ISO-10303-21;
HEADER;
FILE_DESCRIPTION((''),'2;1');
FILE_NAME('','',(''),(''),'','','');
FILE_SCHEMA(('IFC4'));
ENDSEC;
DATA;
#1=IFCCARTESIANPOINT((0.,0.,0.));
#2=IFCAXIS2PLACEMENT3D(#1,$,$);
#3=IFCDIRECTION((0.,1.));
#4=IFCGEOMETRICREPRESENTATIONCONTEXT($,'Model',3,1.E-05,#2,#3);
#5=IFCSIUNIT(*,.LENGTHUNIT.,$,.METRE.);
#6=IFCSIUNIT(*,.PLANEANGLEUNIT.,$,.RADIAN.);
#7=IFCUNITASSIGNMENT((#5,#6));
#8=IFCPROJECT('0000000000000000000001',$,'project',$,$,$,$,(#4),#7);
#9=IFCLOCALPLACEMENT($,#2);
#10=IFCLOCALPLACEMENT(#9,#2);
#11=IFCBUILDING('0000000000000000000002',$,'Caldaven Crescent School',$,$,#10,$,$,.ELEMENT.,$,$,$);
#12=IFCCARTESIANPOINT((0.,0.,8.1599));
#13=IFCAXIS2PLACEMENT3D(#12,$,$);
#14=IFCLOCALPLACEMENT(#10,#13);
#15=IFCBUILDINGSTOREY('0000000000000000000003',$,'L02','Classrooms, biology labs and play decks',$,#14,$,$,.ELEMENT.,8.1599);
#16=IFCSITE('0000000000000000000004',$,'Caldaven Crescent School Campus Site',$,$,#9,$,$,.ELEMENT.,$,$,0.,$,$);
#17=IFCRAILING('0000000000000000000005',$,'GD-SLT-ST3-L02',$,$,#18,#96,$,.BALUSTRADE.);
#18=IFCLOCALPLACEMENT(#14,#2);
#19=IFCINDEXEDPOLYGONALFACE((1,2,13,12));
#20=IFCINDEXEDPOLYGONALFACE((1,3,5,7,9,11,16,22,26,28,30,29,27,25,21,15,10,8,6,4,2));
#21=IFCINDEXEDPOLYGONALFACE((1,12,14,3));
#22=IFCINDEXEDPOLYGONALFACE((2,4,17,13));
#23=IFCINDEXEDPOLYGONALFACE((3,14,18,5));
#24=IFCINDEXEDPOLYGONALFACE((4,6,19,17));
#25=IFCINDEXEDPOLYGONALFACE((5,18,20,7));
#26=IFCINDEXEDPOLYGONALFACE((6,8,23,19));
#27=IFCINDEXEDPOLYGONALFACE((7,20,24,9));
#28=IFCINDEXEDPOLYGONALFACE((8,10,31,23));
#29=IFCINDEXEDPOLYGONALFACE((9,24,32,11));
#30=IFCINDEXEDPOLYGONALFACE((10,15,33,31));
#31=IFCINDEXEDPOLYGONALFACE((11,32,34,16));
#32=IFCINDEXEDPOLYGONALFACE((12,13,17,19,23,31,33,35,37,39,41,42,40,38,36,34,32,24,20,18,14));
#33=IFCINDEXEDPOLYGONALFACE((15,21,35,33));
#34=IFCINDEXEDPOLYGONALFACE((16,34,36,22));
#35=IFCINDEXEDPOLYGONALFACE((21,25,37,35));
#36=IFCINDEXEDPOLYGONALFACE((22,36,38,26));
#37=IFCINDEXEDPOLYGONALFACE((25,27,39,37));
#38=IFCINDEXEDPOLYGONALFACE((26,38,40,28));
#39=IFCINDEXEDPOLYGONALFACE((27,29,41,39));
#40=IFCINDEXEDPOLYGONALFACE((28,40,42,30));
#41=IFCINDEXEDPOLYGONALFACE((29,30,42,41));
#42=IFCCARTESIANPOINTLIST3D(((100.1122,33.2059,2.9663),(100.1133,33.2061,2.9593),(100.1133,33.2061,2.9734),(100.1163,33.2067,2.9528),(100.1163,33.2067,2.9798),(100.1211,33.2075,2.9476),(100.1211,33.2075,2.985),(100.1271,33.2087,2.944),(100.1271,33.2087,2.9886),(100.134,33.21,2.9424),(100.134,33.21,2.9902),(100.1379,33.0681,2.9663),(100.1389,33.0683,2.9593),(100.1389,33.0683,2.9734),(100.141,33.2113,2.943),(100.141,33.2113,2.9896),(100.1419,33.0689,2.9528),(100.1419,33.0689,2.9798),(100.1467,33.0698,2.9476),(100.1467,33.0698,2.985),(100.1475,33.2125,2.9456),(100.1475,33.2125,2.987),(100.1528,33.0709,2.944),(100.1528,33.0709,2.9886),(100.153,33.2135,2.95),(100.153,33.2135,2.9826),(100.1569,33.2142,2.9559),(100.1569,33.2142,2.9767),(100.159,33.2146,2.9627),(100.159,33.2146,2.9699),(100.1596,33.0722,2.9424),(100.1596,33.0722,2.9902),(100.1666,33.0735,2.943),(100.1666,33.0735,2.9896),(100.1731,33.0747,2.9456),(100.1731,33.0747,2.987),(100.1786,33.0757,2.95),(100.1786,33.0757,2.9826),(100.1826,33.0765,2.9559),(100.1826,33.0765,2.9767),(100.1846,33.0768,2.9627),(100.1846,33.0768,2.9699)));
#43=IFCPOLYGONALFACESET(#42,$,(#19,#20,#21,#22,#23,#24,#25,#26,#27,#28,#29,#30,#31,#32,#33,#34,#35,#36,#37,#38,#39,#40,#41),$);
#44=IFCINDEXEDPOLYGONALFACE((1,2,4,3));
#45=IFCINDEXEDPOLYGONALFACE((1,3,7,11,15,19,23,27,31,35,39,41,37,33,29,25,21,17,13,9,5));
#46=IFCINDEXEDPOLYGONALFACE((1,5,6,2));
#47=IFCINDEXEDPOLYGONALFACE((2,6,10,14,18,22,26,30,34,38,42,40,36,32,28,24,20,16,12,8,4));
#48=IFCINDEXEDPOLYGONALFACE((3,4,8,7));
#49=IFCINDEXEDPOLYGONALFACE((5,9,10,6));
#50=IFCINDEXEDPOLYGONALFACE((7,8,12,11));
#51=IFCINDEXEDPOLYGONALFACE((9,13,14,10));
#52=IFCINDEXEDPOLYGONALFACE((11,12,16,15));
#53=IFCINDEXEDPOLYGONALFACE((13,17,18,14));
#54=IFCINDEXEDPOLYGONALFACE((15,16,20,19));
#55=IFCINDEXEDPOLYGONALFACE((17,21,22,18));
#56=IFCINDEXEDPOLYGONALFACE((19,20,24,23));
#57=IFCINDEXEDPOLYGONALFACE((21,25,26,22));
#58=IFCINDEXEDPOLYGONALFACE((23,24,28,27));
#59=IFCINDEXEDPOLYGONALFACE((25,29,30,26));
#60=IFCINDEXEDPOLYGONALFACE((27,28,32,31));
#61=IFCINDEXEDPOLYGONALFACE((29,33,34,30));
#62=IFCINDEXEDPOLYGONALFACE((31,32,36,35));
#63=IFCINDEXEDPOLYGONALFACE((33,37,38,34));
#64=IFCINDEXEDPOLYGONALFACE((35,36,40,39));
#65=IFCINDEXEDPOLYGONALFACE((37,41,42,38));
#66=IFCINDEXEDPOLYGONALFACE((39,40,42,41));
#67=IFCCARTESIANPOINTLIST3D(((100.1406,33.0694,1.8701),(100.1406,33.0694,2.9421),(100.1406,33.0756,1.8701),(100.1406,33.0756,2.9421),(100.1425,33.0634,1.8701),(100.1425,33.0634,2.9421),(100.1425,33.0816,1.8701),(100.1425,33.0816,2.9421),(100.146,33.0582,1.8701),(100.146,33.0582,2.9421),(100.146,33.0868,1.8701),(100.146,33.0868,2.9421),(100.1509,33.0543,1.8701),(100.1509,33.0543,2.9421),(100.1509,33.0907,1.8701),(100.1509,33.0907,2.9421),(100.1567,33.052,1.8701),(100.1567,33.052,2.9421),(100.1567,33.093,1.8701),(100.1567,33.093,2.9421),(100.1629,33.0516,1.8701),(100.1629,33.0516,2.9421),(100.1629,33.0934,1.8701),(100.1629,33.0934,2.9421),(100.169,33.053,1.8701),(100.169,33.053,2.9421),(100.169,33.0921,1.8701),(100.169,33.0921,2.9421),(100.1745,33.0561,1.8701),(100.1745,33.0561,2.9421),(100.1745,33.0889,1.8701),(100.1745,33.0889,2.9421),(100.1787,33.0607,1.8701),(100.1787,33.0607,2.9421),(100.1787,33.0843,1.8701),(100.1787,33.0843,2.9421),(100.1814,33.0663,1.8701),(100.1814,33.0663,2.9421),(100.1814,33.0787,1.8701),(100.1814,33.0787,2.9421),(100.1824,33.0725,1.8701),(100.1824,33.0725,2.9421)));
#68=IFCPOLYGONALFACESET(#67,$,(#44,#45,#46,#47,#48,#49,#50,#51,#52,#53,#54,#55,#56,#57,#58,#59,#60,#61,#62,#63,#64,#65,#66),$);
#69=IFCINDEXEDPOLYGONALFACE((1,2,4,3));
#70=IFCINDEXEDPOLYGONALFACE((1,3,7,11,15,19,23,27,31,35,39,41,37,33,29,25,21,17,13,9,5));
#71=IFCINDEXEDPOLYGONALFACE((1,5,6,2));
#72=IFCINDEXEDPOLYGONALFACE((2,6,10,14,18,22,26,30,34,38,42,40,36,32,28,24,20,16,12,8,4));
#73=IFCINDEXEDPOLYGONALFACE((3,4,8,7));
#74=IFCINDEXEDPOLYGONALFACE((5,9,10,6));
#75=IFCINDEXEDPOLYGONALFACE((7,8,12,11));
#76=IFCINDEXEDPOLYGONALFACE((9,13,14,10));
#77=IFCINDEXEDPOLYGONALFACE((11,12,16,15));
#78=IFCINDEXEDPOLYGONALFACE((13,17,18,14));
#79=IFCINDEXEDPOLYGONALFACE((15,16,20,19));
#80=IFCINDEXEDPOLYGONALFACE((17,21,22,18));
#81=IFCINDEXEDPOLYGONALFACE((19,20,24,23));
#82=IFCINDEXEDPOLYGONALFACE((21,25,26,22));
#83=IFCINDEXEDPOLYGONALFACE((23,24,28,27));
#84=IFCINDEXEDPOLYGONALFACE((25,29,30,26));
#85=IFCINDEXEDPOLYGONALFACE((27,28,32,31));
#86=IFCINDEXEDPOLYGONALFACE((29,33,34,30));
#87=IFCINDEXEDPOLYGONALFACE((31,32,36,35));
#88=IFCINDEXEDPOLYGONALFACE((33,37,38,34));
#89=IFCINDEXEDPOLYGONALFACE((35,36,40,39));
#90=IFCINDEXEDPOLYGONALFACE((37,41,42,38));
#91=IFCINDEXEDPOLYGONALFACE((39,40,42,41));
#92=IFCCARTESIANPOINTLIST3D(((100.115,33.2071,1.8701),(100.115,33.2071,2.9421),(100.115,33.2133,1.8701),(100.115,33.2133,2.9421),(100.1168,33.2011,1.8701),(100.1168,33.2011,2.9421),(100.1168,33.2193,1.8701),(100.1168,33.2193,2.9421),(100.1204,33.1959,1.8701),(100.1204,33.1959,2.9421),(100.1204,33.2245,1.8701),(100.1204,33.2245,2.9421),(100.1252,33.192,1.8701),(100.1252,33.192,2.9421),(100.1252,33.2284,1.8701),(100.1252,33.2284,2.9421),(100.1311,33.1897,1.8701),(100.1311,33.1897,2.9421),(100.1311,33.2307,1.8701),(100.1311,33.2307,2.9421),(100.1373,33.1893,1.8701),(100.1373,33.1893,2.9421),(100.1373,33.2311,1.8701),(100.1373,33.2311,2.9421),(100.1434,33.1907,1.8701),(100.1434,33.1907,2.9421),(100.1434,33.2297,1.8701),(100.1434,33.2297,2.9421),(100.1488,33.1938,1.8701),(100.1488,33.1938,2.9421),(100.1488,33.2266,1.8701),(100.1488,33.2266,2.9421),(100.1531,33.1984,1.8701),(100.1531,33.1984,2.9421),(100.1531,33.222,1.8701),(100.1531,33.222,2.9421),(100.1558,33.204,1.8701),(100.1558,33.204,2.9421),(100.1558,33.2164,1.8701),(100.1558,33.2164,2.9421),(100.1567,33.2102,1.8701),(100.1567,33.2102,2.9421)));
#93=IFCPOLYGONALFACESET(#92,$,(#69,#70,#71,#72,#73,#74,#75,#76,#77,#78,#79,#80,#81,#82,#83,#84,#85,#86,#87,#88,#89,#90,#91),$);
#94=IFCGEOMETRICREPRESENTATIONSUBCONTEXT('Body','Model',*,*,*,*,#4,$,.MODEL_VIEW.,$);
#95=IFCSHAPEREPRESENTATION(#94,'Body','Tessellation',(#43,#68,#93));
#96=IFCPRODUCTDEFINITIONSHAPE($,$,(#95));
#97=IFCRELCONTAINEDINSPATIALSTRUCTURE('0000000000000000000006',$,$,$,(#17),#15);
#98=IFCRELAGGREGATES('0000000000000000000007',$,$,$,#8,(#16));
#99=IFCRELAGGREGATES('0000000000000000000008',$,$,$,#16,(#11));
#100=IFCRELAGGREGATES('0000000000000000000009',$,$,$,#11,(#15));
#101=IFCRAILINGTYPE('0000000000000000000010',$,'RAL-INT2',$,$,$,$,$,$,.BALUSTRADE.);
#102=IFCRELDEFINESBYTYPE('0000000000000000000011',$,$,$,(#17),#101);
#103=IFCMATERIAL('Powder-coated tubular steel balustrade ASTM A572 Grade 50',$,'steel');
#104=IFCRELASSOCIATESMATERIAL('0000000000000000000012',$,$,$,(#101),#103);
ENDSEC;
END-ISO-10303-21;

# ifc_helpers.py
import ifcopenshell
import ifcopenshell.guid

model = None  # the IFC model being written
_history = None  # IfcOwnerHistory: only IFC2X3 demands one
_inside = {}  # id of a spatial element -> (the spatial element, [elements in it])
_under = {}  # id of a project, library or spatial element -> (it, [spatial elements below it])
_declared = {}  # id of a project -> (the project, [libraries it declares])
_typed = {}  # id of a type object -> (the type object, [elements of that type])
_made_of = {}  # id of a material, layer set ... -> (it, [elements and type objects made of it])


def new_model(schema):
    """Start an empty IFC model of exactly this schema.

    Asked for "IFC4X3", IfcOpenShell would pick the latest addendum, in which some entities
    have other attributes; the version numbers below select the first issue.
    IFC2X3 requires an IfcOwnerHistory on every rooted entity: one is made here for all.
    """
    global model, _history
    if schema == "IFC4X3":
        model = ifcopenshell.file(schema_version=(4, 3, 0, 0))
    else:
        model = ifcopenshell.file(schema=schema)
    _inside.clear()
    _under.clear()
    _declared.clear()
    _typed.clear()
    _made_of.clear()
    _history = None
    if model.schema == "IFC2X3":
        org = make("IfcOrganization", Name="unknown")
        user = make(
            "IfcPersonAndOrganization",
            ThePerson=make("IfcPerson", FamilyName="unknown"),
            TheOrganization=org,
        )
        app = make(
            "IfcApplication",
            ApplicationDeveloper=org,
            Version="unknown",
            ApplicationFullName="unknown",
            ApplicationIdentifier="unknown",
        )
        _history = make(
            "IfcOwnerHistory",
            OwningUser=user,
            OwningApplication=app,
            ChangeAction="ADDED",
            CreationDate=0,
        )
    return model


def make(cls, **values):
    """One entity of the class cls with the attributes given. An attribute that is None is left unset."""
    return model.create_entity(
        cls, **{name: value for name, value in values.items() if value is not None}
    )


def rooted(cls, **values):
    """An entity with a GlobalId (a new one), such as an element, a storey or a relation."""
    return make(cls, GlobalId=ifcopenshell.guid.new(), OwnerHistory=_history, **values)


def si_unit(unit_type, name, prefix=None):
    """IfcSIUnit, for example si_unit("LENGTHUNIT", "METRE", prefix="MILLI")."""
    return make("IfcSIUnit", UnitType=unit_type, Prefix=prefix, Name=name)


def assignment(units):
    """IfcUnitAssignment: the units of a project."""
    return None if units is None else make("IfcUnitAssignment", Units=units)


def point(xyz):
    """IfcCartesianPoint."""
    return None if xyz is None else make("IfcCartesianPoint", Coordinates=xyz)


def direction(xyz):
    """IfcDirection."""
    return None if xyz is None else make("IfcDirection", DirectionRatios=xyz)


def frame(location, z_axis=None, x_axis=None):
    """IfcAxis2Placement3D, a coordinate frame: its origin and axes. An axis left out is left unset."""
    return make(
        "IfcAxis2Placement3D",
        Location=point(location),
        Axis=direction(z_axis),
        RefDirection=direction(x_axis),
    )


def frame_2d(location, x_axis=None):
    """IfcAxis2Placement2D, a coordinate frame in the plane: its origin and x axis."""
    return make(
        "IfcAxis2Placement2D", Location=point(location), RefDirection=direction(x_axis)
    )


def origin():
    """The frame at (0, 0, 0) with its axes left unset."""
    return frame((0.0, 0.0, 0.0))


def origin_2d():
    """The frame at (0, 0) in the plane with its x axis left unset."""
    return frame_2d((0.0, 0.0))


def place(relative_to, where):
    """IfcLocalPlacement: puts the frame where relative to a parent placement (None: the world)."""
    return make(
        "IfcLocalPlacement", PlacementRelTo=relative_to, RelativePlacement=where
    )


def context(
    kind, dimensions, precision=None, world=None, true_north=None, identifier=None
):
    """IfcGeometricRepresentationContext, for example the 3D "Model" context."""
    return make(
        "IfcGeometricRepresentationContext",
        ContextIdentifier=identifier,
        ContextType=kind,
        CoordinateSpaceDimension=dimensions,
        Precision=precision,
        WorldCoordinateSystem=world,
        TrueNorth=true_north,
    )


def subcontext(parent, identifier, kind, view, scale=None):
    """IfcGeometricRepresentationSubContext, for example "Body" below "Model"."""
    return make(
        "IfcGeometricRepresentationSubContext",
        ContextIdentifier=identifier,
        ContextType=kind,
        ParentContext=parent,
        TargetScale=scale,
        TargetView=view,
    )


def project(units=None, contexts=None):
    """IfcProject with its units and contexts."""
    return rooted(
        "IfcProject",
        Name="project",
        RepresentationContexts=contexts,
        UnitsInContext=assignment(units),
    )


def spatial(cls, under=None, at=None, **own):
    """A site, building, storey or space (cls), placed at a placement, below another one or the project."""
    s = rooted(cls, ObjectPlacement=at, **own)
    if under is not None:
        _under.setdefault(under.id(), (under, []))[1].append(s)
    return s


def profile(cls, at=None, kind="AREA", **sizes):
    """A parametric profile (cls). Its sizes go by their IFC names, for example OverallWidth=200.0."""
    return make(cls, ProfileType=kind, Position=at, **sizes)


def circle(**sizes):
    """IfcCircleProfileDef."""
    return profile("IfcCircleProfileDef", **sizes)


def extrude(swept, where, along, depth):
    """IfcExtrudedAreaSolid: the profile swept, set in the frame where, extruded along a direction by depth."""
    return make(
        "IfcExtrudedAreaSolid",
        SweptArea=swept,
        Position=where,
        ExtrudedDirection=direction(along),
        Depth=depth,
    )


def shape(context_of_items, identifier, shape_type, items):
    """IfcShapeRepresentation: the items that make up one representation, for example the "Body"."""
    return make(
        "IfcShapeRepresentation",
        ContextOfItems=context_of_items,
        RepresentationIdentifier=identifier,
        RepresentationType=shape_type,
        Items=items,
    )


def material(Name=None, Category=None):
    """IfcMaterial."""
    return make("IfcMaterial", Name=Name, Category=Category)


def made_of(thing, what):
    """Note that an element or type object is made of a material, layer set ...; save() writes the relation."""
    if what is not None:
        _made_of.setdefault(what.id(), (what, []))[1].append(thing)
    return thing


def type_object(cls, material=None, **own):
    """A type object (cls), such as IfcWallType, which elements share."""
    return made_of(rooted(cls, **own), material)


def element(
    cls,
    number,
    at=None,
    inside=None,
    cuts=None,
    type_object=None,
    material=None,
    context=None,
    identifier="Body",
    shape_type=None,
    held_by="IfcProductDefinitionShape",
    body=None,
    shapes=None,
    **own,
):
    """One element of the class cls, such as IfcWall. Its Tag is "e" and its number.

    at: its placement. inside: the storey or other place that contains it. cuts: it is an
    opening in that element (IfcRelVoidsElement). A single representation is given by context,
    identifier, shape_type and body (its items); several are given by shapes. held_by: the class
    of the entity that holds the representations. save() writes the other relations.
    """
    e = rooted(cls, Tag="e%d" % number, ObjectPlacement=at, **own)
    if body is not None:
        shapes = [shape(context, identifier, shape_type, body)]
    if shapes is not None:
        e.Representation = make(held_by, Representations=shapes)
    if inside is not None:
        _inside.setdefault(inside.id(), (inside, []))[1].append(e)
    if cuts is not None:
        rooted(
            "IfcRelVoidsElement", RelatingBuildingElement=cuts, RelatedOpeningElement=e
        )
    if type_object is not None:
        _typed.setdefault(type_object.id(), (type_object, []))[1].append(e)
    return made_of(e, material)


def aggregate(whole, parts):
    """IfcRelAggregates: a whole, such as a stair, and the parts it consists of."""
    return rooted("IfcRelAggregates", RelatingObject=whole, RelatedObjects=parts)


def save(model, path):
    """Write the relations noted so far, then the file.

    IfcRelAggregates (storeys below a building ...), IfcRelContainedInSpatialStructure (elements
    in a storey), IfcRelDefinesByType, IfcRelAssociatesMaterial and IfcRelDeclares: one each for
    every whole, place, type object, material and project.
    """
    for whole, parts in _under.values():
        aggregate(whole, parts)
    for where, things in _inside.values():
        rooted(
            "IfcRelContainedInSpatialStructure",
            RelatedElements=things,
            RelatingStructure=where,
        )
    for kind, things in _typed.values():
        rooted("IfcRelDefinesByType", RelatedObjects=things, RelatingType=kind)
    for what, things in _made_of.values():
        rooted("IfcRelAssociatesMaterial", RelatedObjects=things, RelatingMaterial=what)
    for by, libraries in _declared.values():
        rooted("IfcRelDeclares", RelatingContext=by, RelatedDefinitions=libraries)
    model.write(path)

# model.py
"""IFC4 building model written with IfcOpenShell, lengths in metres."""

from ifc_helpers import new_model, si_unit, direction, frame, origin, origin_2d, place, context, subcontext, project, spatial, circle, extrude, material, type_object, element, save


model = new_model("IFC4")

# Units and contexts
model_context = context("Model", 3, precision=1e-05, world=origin(), true_north=direction((0.0, 1.0)))
body_context = subcontext(model_context, "Body", "Model", "MODEL_VIEW")
ifc_project = project(units=[si_unit("LENGTHUNIT", "METRE"), si_unit("PLANEANGLEUNIT", "RADIAN")], contexts=[model_context])

# Site, building, storey
site_placement = place(None, origin())
site = spatial("IfcSite", under=ifc_project, at=site_placement, Name="Caldaven Crescent School Campus Site", CompositionType="ELEMENT", RefElevation=0.0)
building_placement = place(site_placement, origin())
building = spatial("IfcBuilding", under=site, at=building_placement, Name="Caldaven Crescent School", CompositionType="ELEMENT")
storey_placement = place(building_placement, frame((0.0, 0.0, 8.1599)))
storey = spatial("IfcBuildingStorey", under=building, at=storey_placement, Name="L02", Description="Classrooms, biology labs and play decks", CompositionType="ELEMENT", Elevation=8.1599)

# Railing
ifc_material_1 = material(Name="Powder-coated tubular steel balustrade ASTM A572 Grade 50", Category="steel")
railing_type_1 = type_object("IfcRailingType", Name="RAL-INT2", PredefinedType="BALUSTRADE", material=ifc_material_1)
railing_1_placement = place(storey_placement, frame((100.1614, 33.0725, 1.8701)))
element("IfcRailing", 1, at=railing_1_placement, inside=storey, type_object=railing_type_1, Name="GD-SLT-ST3-L02", PredefinedType="BALUSTRADE", context=body_context, shape_type="SweptSolid", body=[
    extrude(circle(Radius=0.0239, at=origin_2d()), frame((0.0, 0.0, 1.0962), z_axis=(-0.183025, 0.983108, 0.0), x_axis=(-0.983108, -0.183025, 0.0)), (0.0, 0.0, 1.0), 0.1401),
    extrude(circle(Radius=0.021, at=origin_2d()), origin(), (0.0, 0.0, 1.0), 1.072),
    extrude(circle(Radius=0.021, at=origin_2d()), frame((-0.0256, 0.1377, 0.0)), (0.0, 0.0, 1.0), 1.072),
])

save(model, "model.ifc")
